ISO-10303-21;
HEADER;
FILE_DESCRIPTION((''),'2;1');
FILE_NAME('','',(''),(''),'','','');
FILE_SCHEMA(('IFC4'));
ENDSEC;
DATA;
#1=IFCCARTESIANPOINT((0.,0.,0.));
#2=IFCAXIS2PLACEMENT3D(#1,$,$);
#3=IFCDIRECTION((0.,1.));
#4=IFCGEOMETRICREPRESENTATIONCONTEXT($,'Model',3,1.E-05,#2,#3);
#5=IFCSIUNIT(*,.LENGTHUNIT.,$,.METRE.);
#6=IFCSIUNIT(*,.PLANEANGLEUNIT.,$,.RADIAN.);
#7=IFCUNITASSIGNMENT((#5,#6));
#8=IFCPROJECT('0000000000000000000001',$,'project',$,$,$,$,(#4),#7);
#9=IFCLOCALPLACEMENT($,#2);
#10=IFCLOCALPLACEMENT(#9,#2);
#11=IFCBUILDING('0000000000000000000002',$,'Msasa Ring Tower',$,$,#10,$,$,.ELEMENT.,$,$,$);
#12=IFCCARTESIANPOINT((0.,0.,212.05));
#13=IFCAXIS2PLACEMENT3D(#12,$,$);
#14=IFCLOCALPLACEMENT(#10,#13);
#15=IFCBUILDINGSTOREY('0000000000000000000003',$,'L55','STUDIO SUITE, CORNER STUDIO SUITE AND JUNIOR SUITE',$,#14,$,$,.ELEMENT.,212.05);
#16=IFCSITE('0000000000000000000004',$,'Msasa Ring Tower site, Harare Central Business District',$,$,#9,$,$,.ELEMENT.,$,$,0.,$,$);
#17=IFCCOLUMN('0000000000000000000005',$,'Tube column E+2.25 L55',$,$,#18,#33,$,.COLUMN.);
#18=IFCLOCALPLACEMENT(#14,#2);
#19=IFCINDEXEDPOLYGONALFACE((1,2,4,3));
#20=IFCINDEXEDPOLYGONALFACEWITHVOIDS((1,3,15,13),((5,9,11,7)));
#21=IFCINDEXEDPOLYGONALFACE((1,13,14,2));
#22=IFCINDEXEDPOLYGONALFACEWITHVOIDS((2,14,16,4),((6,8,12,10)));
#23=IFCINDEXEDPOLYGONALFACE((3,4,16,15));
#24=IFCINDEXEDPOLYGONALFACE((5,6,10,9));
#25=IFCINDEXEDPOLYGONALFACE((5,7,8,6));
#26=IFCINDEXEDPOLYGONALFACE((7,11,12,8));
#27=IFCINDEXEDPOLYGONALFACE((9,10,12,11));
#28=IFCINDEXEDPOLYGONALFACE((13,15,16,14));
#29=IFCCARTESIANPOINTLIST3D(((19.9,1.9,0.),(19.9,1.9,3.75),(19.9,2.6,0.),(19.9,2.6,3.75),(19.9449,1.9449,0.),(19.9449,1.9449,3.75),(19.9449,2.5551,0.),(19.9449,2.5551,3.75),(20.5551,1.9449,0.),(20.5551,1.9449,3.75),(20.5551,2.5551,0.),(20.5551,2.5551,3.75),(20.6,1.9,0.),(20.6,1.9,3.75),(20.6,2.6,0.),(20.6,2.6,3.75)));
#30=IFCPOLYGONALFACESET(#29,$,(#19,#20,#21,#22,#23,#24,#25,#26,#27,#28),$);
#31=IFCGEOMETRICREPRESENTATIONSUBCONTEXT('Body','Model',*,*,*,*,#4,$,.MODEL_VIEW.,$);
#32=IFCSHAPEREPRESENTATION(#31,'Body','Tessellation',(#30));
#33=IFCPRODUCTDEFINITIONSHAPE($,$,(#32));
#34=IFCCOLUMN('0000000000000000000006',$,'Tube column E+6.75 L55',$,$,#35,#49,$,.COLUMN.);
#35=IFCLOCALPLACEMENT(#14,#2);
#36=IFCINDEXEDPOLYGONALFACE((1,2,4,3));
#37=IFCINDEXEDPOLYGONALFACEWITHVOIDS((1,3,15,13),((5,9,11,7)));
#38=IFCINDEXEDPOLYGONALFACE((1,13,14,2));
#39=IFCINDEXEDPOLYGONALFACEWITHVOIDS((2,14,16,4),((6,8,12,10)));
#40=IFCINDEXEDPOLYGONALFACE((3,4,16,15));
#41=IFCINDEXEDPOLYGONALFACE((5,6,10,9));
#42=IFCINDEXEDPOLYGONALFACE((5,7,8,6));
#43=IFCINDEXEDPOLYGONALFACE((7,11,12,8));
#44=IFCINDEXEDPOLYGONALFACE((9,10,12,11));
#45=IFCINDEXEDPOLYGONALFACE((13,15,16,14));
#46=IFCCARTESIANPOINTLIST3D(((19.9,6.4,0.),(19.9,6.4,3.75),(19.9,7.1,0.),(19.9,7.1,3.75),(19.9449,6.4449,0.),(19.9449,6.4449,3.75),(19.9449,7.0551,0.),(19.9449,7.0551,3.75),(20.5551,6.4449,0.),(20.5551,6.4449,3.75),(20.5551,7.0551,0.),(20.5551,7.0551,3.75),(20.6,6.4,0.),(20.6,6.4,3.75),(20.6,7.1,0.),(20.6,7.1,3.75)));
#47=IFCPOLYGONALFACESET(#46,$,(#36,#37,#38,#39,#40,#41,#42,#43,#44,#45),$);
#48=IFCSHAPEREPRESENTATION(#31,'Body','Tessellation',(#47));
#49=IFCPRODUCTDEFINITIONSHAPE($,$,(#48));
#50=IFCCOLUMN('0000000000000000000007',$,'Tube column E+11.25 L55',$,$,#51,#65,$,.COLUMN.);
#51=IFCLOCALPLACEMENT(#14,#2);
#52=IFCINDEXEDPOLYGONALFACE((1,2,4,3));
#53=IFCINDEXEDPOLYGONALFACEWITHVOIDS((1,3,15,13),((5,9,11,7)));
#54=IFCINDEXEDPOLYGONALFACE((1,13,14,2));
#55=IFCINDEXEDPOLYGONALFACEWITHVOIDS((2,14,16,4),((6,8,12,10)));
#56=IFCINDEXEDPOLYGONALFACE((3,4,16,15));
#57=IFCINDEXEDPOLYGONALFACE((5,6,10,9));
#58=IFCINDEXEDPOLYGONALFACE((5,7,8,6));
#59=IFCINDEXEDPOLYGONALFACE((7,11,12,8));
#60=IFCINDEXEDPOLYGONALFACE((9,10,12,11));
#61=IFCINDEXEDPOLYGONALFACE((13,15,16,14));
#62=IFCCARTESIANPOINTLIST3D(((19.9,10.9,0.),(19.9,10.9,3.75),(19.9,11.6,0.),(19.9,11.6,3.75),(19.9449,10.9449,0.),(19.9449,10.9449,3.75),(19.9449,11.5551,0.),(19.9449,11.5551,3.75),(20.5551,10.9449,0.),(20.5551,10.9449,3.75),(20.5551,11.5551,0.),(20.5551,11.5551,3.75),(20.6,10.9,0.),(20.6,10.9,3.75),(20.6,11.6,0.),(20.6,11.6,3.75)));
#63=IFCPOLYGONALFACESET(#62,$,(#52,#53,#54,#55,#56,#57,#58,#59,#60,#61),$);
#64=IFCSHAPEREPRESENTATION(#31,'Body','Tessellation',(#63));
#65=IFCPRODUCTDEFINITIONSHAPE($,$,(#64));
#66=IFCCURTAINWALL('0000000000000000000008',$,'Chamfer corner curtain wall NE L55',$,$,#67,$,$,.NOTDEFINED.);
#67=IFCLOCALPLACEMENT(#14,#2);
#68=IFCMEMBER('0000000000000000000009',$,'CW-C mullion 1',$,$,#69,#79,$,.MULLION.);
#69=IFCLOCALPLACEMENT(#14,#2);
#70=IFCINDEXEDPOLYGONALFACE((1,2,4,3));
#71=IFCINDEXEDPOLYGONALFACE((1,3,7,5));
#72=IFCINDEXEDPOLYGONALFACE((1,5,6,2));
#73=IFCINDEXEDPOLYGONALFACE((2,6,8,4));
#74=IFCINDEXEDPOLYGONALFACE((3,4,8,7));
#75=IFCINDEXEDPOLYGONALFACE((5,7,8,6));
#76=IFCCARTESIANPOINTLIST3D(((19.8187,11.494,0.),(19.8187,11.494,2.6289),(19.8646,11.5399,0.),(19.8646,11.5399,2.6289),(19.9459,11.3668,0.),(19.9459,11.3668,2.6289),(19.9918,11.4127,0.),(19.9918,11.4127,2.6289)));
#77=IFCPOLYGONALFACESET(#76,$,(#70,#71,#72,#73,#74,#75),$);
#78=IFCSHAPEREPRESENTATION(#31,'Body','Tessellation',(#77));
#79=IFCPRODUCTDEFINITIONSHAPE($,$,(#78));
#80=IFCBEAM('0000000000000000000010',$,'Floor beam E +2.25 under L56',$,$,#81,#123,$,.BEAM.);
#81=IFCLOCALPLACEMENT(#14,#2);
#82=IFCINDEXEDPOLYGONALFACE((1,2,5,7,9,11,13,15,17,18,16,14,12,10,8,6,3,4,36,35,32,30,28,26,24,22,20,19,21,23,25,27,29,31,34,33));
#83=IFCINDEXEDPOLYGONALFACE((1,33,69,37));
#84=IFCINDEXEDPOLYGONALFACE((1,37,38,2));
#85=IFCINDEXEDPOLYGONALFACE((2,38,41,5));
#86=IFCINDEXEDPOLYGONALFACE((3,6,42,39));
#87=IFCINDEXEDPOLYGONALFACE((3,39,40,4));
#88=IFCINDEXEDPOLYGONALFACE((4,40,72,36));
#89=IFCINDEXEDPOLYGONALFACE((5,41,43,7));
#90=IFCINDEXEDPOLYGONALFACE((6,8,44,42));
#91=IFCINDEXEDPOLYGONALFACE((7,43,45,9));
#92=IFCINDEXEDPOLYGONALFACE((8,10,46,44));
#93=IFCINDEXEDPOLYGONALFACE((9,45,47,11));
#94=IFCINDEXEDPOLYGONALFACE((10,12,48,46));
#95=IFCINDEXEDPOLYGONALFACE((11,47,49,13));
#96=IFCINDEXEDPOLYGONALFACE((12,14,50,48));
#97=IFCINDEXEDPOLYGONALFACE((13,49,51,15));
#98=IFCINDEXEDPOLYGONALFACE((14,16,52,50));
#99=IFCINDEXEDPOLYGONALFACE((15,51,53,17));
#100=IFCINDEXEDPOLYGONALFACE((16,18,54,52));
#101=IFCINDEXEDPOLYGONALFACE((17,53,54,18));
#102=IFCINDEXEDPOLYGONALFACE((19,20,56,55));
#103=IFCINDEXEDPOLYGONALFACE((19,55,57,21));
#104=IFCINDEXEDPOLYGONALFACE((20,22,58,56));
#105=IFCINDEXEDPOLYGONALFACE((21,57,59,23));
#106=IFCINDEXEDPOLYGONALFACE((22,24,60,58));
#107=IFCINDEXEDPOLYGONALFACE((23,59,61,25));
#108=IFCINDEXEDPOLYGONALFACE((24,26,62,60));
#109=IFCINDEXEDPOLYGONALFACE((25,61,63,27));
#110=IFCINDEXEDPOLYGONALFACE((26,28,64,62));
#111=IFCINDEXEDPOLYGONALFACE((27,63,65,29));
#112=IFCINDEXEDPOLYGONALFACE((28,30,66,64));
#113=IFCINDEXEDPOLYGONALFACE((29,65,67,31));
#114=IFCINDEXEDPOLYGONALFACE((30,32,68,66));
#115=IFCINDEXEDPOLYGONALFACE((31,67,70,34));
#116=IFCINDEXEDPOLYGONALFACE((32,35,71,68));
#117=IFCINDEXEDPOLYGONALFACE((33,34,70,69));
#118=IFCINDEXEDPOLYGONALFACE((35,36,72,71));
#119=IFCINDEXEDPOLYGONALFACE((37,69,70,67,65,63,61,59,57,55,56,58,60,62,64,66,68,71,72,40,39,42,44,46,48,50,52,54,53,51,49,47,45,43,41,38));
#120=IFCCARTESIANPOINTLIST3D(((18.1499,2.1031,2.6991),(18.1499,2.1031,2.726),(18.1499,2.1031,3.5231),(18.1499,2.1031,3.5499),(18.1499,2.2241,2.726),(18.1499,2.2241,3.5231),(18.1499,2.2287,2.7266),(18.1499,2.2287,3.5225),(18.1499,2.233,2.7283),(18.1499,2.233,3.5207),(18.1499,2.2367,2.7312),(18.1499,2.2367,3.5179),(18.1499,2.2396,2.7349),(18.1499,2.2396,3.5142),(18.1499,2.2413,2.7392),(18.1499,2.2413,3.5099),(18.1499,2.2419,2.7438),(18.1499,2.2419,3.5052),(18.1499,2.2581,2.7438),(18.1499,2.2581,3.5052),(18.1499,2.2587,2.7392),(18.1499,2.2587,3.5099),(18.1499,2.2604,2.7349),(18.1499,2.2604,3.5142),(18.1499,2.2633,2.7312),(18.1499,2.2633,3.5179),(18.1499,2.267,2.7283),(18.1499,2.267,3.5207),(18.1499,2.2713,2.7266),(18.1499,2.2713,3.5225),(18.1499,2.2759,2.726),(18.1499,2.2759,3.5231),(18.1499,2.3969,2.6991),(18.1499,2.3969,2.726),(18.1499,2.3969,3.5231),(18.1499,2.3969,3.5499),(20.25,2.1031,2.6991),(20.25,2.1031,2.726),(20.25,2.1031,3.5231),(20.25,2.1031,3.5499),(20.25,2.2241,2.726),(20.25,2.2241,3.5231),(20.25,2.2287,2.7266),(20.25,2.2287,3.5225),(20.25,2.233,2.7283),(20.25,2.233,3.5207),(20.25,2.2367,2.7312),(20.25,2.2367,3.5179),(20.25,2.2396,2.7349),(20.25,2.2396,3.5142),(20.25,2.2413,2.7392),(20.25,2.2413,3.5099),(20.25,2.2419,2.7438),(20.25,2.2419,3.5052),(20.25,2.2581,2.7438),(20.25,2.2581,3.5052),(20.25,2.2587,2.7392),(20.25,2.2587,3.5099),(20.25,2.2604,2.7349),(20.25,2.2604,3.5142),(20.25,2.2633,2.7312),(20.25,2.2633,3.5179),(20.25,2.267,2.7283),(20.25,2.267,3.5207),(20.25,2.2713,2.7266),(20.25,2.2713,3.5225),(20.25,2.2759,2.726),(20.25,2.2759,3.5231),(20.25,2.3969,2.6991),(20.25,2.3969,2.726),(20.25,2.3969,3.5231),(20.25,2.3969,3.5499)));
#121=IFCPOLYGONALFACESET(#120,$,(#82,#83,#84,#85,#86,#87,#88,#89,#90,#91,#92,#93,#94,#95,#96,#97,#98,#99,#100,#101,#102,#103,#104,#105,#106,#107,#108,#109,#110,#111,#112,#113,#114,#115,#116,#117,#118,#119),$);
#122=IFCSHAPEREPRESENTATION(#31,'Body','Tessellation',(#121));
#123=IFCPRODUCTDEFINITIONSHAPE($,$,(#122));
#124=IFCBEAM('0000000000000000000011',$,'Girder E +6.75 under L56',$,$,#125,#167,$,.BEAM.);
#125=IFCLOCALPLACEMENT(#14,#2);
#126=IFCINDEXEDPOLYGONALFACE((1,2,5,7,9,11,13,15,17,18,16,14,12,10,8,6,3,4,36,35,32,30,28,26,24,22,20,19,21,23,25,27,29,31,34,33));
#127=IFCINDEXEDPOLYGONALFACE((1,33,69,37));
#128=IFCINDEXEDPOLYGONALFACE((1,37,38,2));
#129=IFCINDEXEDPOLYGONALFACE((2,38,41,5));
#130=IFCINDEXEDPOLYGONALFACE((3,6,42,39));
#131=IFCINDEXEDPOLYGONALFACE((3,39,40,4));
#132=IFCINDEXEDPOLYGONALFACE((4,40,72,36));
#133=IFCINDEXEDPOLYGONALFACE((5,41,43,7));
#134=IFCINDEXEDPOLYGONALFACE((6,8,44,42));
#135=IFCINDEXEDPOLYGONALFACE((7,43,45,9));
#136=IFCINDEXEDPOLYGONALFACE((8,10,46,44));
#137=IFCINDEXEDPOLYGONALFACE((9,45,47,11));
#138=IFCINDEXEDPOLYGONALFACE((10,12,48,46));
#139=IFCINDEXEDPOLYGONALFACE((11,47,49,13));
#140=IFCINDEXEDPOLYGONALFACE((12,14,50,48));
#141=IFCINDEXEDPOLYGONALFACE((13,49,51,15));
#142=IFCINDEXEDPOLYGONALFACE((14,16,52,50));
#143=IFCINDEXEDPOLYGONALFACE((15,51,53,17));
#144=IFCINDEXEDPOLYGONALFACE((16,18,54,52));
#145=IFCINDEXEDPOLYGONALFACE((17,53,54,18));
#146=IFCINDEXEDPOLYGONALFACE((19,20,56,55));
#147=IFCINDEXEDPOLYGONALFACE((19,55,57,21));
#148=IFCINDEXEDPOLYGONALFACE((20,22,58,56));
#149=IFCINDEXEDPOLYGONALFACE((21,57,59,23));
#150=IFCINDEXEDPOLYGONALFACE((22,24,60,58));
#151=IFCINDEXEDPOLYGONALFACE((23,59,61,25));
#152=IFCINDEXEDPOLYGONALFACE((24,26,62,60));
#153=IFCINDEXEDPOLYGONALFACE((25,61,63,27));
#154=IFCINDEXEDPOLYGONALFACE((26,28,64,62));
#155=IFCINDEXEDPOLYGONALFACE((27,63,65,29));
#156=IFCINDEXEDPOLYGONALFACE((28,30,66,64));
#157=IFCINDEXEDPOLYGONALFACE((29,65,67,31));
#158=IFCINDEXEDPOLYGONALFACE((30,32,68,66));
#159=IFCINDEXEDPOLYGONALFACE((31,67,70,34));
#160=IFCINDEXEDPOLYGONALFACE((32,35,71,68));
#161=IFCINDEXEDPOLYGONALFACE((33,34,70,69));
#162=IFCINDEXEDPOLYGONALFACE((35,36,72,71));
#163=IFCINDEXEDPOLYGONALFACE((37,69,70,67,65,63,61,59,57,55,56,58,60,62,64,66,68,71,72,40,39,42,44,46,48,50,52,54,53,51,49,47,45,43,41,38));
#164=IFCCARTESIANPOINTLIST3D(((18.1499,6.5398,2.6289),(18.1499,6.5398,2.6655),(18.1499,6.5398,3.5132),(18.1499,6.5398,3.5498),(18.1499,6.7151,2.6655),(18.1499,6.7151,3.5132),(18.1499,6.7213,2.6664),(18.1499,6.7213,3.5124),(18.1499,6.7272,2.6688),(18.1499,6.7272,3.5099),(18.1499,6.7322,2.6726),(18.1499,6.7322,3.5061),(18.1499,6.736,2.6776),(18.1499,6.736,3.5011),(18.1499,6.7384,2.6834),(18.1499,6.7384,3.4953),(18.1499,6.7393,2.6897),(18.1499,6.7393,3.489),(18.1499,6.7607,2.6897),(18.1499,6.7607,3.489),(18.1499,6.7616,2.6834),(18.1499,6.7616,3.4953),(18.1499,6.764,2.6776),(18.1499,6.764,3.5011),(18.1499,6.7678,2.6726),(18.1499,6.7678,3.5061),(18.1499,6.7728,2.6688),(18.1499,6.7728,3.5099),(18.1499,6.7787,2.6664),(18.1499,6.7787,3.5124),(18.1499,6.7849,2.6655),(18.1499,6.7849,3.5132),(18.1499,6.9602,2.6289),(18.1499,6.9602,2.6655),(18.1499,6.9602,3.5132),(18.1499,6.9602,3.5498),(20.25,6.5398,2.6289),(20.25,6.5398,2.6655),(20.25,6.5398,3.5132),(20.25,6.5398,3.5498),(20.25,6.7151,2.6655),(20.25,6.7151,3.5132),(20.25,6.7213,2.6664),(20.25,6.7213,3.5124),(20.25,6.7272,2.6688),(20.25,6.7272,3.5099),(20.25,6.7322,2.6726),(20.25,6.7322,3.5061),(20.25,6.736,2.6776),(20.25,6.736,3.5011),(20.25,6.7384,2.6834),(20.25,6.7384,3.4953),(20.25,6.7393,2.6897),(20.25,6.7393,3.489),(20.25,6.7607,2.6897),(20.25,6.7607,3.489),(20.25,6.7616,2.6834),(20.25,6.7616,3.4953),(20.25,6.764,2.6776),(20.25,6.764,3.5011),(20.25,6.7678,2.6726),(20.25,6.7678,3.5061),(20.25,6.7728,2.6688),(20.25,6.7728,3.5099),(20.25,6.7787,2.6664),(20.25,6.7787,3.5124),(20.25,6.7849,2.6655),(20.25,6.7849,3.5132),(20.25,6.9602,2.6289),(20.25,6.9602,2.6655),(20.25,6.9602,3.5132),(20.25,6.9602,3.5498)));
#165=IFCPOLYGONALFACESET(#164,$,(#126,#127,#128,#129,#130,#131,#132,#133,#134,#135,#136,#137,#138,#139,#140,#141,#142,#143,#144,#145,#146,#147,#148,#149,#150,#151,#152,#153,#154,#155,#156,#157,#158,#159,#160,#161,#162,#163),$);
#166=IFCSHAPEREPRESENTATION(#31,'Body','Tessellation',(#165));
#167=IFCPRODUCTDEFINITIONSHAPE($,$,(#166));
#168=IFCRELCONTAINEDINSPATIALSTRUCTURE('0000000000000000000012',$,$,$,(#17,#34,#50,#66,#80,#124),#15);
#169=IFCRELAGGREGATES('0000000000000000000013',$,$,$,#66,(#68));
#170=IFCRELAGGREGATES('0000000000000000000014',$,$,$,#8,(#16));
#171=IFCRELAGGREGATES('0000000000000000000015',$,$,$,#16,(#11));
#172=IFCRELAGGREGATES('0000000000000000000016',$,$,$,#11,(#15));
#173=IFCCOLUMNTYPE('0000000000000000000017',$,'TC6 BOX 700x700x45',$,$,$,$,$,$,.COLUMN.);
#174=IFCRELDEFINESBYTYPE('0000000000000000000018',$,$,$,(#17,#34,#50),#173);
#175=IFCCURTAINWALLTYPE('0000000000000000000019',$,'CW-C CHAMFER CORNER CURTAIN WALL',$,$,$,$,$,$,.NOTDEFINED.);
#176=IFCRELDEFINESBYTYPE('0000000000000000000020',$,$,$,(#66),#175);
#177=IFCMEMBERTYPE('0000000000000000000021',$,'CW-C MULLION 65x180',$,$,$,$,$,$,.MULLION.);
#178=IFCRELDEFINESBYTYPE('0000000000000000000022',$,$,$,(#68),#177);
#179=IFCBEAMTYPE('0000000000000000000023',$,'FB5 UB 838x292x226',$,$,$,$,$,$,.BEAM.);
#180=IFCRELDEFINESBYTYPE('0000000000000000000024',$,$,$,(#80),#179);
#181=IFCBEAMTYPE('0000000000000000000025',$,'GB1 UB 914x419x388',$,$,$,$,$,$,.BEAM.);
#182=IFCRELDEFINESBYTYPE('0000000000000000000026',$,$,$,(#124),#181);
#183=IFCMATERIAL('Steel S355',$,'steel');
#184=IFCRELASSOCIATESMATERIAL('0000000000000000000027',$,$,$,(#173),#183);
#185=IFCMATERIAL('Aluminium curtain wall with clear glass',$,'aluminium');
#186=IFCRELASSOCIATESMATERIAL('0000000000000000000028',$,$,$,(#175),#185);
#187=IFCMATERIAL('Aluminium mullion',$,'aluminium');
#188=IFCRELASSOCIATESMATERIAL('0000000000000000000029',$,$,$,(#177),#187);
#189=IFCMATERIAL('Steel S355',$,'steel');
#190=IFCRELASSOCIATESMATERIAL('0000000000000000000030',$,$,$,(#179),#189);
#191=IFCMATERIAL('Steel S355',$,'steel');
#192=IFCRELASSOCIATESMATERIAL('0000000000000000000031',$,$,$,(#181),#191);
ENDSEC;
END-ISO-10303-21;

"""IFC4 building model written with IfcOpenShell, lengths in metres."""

from ifc_helpers import new_model, si_unit, direction, frame, origin, origin_2d, place, context, subcontext, project, spatial, rectangle, hollow_rectangle, i_section, extrude, material, material_profile, profile_set, type_object, element, aggregate, save


model = new_model("IFC4")

# Units and contexts
model_context = context("Model", 3, precision=1e-05, world=origin(), true_north=direction((0.0, 1.0)))
body_context = subcontext(model_context, "Body", "Model", "MODEL_VIEW")
ifc_project = project(units=[si_unit("LENGTHUNIT", "METRE"), si_unit("PLANEANGLEUNIT", "RADIAN")], contexts=[model_context])

# Site, building, storey
site_placement = place(None, origin())
site = spatial("IfcSite", under=ifc_project, at=site_placement, Name="Msasa Ring Tower site, Harare Central Business District", CompositionType="ELEMENT", RefElevation=0.0)
building_placement = place(site_placement, origin())
building = spatial("IfcBuilding", under=site, at=building_placement, Name="Msasa Ring Tower", CompositionType="ELEMENT")
storey_placement = place(building_placement, frame((0.0, 0.0, 212.05)))
storey = spatial("IfcBuildingStorey", under=building, at=storey_placement, Name="L55", Description="STUDIO SUITE, CORNER STUDIO SUITE AND JUNIOR SUITE", CompositionType="ELEMENT", Elevation=212.05)

# Columns
ifc_material_1 = material(Name="Steel S355", Category="steel")
ifc_material_profile_1 = material_profile(ifc_material_1, hollow_rectangle(XDim=0.7, YDim=0.7, WallThickness=0.0449, at=origin_2d()), Name="BOX 700x700x45")
ifc_profile_set_1 = profile_set([ifc_material_profile_1], Name="Steel S355")
column_type = type_object("IfcColumnType", Name="TC6 BOX 700x700x45", PredefinedType="COLUMN", material=ifc_profile_set_1)
for number, where, z_axis, x_axis, name in (
    (1, (20.25, 2.25, 0.0), (0.0, 0.0, 1.0), (1.0, 0.0, 0.0), "Tube column E+2.25 L55"),
    (2, (20.25, 6.75, 0.0), (0.0, 0.0, 1.0), (1.0, 0.0, 0.0), "Tube column E+6.75 L55"),
    (3, (20.25, 11.25, 0.0), (0.0, 0.0, 1.0), (1.0, 0.0, 0.0), "Tube column E+11.25 L55"),
):
    element("IfcColumn", number, at=place(storey_placement, frame(where, z_axis=z_axis, x_axis=x_axis)), inside=storey, type_object=column_type, Name=name, PredefinedType="COLUMN", context=body_context, shape_type="SweptSolid", body=[
        extrude(hollow_rectangle(XDim=0.7, YDim=0.7, WallThickness=0.0449, at=origin_2d()), origin(), (0.0, 0.0, 1.0), 3.75),
    ])

# Curtain wall, member
ifc_material_2 = material(Name="Aluminium curtain wall with clear glass", Category="aluminium")
curtain_wall_type = type_object("IfcCurtainWallType", Name="CW-C CHAMFER CORNER CURTAIN WALL", PredefinedType="NOTDEFINED", material=ifc_material_2)
curtain_wall_placement = place(storey_placement, origin())
curtain_wall = element("IfcCurtainWall", 4, at=curtain_wall_placement, inside=storey, type_object=curtain_wall_type, Name="Chamfer corner curtain wall NE L55", PredefinedType="NOTDEFINED")
ifc_material_3 = material(Name="Aluminium mullion", Category="aluminium")
ifc_material_profile_2 = material_profile(ifc_material_3, rectangle(XDim=0.0649, YDim=0.1799, at=origin_2d()), Name="AL 65x180")
ifc_profile_set_2 = profile_set([ifc_material_profile_2], Name="Aluminium mullion")
member_type = type_object("IfcMemberType", Name="CW-C MULLION 65x180", PredefinedType="MULLION", material=ifc_profile_set_2)
member_placement = place(storey_placement, frame((19.9053, 11.4534, 0.0), z_axis=(0.0, 0.0, 1.0), x_axis=(-0.707107, -0.707107, 0.0)))
member = element("IfcMember", 5, at=member_placement, type_object=member_type, Name="CW-C mullion 1", PredefinedType="MULLION", context=body_context, shape_type="SweptSolid", body=[
    extrude(rectangle(XDim=0.0649, YDim=0.1799, at=origin_2d()), origin(), (0.0, 0.0, 1.0), 2.6289),
])
aggregate(curtain_wall, [member])

# Beams
ifc_material_4 = material(Name="Steel S355", Category="steel")
ifc_material_profile_3 = material_profile(ifc_material_4, i_section(OverallWidth=0.2937, OverallDepth=0.8508, WebThickness=0.0161, FlangeThickness=0.0269, FilletRadius=0.0178, at=origin_2d()), Name="UB 838x292x226")
ifc_profile_set_3 = profile_set([ifc_material_profile_3], Name="Steel S355")
beam_type_1 = type_object("IfcBeamType", Name="FB5 UB 838x292x226", PredefinedType="BEAM", material=ifc_profile_set_3)
beam_1_placement = place(storey_placement, frame((20.25, 2.25, 3.1245), z_axis=(-1.0, 0.0, 0.0), x_axis=(0.0, -1.0, 0.0)))
element("IfcBeam", 6, at=beam_1_placement, inside=storey, type_object=beam_type_1, Name="Floor beam E +2.25 under L56", PredefinedType="BEAM", context=body_context, shape_type="SweptSolid", body=[
    extrude(i_section(OverallWidth=0.2937, OverallDepth=0.8508, WebThickness=0.0161, FlangeThickness=0.0269, FilletRadius=0.0178, at=origin_2d()), origin(), (0.0, 0.0, 1.0), 2.1001),
])
ifc_material_5 = material(Name="Steel S355", Category="steel")
ifc_material_profile_4 = material_profile(ifc_material_5, i_section(OverallWidth=0.4204, OverallDepth=0.9209, WebThickness=0.0215, FlangeThickness=0.0366, FilletRadius=0.0242, at=origin_2d()), Name="UB 914x419x388")
ifc_profile_set_4 = profile_set([ifc_material_profile_4], Name="Steel S355")
beam_type_2 = type_object("IfcBeamType", Name="GB1 UB 914x419x388", PredefinedType="BEAM", material=ifc_profile_set_4)
beam_2_placement = place(storey_placement, frame((18.1499, 6.75, 3.0894), z_axis=(1.0, 0.0, 0.0), x_axis=(0.0, 1.0, 0.0)))
element("IfcBeam", 7, at=beam_2_placement, inside=storey, type_object=beam_type_2, Name="Girder E +6.75 under L56", PredefinedType="BEAM", context=body_context, shape_type="SweptSolid", body=[
    extrude(i_section(OverallWidth=0.4204, OverallDepth=0.9209, WebThickness=0.0215, FlangeThickness=0.0366, FilletRadius=0.0242, at=origin_2d()), origin(), (0.0, 0.0, 1.0), 2.1001),
])

save(model, "model.ifc")
